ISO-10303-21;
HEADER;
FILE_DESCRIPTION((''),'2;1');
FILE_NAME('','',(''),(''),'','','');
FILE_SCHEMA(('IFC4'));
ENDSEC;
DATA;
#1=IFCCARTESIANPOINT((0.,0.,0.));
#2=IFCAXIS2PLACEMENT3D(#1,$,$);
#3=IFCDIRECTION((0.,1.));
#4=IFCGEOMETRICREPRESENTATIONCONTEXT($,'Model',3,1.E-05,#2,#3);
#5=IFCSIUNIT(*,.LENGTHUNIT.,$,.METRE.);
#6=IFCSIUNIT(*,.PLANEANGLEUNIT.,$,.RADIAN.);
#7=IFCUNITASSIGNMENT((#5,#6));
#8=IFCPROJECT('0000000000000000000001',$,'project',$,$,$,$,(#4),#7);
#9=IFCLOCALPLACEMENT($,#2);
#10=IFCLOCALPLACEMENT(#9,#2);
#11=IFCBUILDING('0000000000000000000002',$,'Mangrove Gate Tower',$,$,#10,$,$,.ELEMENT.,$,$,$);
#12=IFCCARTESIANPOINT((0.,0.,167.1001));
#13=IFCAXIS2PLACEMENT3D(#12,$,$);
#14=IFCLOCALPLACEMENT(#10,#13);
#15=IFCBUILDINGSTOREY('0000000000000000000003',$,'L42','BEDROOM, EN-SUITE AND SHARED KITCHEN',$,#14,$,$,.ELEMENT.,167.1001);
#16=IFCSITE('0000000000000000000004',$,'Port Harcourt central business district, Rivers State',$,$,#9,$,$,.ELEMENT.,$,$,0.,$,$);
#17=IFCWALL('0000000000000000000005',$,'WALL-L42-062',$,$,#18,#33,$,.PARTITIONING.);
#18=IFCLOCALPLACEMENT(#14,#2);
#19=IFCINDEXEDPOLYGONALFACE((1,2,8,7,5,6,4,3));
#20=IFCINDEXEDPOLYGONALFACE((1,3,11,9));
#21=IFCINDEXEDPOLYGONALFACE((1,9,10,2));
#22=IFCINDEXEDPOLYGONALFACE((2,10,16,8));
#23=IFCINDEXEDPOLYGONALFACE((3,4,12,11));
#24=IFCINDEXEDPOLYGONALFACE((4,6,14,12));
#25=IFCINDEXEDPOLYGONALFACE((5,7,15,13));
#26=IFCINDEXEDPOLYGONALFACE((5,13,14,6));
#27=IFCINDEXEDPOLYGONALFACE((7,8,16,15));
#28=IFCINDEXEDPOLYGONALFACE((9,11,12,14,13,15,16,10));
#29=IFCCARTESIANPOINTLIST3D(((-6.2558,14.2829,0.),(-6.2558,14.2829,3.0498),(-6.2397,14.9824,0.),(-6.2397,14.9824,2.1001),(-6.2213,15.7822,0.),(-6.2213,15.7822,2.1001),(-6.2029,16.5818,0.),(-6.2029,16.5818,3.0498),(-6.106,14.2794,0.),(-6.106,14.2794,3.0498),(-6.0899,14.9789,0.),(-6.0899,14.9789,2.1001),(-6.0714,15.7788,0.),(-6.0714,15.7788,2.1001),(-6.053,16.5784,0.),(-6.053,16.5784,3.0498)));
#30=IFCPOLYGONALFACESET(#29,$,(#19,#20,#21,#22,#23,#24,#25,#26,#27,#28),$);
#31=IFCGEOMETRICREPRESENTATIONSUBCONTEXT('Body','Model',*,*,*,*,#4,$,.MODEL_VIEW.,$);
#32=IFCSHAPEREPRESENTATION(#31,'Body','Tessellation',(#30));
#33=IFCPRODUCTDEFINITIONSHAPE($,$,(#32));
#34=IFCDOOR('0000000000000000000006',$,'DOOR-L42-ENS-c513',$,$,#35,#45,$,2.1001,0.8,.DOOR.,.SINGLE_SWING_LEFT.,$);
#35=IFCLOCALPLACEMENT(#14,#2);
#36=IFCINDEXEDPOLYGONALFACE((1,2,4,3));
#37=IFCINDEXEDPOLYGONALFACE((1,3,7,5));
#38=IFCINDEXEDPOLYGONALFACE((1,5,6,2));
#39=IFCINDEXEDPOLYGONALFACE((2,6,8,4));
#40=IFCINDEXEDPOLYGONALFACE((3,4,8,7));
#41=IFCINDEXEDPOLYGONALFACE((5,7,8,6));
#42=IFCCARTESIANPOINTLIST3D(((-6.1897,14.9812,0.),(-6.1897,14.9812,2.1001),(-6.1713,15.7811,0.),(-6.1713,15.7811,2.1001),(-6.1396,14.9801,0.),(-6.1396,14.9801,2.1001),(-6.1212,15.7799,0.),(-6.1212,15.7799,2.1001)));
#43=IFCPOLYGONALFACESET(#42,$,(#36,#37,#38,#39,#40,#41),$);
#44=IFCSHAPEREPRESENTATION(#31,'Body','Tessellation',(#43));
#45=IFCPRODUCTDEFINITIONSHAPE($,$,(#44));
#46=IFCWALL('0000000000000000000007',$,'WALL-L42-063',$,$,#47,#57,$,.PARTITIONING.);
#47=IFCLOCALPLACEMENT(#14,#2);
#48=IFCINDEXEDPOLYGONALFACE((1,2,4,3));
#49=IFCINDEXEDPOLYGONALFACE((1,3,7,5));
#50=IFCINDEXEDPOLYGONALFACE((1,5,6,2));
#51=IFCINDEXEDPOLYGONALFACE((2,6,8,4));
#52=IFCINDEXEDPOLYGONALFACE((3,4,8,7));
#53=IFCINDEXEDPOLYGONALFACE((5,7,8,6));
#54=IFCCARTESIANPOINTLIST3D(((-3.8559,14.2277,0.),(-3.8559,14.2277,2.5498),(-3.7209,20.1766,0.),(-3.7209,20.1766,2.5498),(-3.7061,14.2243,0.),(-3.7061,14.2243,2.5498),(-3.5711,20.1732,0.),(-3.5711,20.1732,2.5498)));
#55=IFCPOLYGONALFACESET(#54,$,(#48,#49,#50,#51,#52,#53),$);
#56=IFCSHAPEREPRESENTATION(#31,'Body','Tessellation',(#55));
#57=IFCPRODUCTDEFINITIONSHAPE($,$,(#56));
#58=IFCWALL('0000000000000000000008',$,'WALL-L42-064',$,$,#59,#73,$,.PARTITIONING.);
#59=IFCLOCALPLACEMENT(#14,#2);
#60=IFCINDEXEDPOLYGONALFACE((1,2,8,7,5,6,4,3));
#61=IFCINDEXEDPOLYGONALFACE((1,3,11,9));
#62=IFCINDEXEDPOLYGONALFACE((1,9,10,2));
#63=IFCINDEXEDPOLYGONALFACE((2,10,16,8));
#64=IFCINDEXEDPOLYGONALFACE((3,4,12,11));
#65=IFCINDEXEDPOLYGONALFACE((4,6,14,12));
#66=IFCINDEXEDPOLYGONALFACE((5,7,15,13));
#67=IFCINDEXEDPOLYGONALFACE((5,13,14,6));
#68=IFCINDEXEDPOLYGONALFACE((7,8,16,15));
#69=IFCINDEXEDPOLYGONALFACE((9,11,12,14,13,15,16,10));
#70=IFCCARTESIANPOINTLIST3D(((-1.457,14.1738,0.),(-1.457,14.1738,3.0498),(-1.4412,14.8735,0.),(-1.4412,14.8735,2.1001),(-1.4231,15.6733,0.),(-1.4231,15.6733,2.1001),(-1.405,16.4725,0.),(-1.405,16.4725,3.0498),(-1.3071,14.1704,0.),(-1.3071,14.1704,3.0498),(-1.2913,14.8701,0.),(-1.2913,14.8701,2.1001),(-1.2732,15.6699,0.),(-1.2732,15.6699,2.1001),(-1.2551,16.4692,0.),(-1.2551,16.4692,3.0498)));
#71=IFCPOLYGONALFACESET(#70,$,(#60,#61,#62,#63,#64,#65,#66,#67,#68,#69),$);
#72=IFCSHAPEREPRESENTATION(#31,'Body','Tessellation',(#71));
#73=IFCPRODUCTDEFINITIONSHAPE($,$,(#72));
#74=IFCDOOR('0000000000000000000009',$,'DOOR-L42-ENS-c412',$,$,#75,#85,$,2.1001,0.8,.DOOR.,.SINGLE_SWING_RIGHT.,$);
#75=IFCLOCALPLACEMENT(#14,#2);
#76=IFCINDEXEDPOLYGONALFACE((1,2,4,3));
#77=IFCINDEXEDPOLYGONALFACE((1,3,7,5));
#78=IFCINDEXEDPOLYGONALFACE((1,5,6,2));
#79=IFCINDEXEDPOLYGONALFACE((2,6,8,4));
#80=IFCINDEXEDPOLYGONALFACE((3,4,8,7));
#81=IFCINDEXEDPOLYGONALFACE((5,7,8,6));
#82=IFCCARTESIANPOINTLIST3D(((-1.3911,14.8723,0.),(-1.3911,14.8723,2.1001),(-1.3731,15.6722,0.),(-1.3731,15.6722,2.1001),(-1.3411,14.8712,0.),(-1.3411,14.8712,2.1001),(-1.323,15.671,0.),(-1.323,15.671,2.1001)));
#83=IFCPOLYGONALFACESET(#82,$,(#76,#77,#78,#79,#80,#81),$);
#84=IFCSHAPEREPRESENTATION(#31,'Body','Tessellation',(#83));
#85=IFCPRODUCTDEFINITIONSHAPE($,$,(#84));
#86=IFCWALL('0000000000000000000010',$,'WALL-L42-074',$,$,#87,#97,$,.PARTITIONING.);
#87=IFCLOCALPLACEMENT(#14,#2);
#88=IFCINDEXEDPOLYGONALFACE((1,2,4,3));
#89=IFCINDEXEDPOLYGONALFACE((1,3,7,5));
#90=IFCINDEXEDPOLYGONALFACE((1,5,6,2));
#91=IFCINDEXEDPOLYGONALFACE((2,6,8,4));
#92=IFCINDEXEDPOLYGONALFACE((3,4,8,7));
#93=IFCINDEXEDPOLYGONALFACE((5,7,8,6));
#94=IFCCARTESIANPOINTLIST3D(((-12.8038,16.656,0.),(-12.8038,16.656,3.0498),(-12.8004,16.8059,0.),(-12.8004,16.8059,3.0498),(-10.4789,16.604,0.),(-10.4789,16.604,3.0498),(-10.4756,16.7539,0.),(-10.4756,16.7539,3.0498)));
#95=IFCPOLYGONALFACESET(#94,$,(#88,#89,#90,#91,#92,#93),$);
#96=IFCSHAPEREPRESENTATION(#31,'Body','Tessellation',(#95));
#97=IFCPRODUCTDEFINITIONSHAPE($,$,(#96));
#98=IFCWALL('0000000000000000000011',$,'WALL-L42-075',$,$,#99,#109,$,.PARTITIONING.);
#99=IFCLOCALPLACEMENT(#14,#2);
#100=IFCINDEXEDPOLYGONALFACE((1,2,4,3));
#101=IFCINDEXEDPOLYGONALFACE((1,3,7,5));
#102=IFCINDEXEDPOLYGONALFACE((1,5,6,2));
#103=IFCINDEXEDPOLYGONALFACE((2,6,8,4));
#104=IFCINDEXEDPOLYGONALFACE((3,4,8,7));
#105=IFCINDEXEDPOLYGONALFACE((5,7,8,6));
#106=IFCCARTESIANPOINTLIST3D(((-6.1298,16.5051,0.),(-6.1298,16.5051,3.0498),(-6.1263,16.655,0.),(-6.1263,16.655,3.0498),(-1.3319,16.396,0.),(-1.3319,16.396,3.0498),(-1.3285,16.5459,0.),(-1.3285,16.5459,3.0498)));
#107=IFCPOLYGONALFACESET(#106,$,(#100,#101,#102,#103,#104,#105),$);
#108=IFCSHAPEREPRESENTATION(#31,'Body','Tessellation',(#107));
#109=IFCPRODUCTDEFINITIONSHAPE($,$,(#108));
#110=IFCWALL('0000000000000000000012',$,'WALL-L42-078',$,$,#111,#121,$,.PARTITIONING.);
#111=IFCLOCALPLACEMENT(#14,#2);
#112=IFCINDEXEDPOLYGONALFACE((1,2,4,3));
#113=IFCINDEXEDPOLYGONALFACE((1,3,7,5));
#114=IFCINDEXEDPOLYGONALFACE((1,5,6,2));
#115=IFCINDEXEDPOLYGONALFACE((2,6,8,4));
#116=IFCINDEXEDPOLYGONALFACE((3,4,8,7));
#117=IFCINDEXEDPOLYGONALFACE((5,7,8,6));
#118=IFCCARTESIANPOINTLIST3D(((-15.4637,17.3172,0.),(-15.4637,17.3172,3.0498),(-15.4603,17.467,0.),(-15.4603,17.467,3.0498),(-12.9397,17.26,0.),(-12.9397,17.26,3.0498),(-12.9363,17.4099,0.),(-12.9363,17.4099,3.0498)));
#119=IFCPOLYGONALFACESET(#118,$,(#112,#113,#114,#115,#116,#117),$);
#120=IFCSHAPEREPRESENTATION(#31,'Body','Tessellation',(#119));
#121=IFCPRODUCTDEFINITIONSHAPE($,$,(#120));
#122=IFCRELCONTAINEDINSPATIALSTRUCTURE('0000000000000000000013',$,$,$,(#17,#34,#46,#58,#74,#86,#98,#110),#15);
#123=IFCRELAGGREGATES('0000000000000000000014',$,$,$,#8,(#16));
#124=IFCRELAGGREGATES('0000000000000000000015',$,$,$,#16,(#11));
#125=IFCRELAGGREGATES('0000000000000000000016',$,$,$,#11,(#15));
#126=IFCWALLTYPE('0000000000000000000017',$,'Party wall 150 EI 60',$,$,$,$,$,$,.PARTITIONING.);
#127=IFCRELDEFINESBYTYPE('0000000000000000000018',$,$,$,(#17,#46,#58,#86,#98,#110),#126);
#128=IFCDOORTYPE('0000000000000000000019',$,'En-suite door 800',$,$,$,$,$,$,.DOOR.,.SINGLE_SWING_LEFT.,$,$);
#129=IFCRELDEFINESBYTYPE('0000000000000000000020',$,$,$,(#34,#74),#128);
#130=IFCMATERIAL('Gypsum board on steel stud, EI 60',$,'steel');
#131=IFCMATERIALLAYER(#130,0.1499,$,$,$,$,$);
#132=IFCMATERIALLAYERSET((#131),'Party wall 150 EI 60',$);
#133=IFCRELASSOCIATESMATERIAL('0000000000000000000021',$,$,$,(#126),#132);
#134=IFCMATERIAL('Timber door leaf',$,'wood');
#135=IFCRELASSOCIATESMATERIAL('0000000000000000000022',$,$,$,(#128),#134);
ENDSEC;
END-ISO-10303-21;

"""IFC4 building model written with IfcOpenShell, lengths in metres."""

from ifc_helpers import new_model, si_unit, direction, frame, frame_2d, origin, place, context, subcontext, project, spatial, rectangle, extrude, material, layer, layer_set, type_object, element, fill, save


model = new_model("IFC4")

# Units and contexts
model_context = context("Model", 3, precision=1e-05, world=origin(), true_north=direction((0.0, 1.0)))
body_context = subcontext(model_context, "Body", "Model", "MODEL_VIEW")
ifc_project = project(units=[si_unit("LENGTHUNIT", "METRE"), si_unit("PLANEANGLEUNIT", "RADIAN")], contexts=[model_context])

# Site, building, storey
site_placement = place(None, origin())
site = spatial("IfcSite", under=ifc_project, at=site_placement, Name="Port Harcourt central business district, Rivers State", CompositionType="ELEMENT", RefElevation=0.0)
building_placement = place(site_placement, origin())
building = spatial("IfcBuilding", under=site, at=building_placement, Name="Mangrove Gate Tower", CompositionType="ELEMENT")
storey_placement = place(building_placement, frame((0.0, 0.0, 167.1001)))
storey = spatial("IfcBuildingStorey", under=building, at=storey_placement, Name="L42", Description="BEDROOM, EN-SUITE AND SHARED KITCHEN", CompositionType="ELEMENT", Elevation=167.1001)

# Shared definitions
ifc_material_1 = material(Name="Gypsum board on steel stud, EI 60", Category="steel")
ifc_layer_1 = layer(ifc_material_1, 0.1499)
ifc_layer_set_1 = layer_set([ifc_layer_1], Name="Party wall 150 EI 60")
wall_type_1 = type_object("IfcWallType", Name="Party wall 150 EI 60", PredefinedType="PARTITIONING", material=ifc_layer_set_1)

# Shared definitions
ifc_material_2 = material(Name="Timber door leaf", Category="wood")
door_type = type_object("IfcDoorType", Name="En-suite door 800", OperationType="SINGLE_SWING_LEFT", PredefinedType="DOOR", material=ifc_material_2)

# Wall, opening, door
wall_1_placement = place(storey_placement, frame((-6.1809, 14.281, 0.0), z_axis=(0.0, 0.0, 1.0), x_axis=(0.023037, 0.999735, 0.0)))
wall_1 = element("IfcWall", 1, at=wall_1_placement, inside=storey, type_object=wall_type_1, Name="WALL-L42-062", PredefinedType="PARTITIONING", context=body_context, shape_type="SweptSolid", body=[
    extrude(rectangle(XDim=2.2996, YDim=0.1499, at=frame_2d((1.1499, 0.0))), origin(), (0.0, 0.0, 1.0), 3.0498),
])
opening_1_placement = place(wall_1_placement, frame((0.7, 0.0, 0.0)))
opening_1 = element("IfcOpeningElement", 2, at=opening_1_placement, cuts=wall_1, PredefinedType="OPENING", context=body_context, shape_type="SweptSolid", body=[
    extrude(rectangle(XDim=0.8, YDim=2.1001, at=frame_2d((0.3999, 1.05))), frame((0.0, 0.085, 0.0), z_axis=(0.0, -1.0, 0.0), x_axis=(1.0, 0.0, 0.0)), (0.0, 0.0, 1.0), 0.1699),
])
door_1_placement = place(opening_1_placement, origin())
door_1 = element("IfcDoor", 3, at=door_1_placement, inside=storey, type_object=door_type, Name="DOOR-L42-ENS-c513", OperationType="SINGLE_SWING_LEFT", OverallHeight=2.1001, OverallWidth=0.8, PredefinedType="DOOR", context=body_context, shape_type="SweptSolid", body=[
    extrude(rectangle(XDim=0.8, YDim=2.1001, at=frame_2d((0.3999, 1.05))), frame((0.0, 0.0249, 0.0), z_axis=(0.0, -1.0, 0.0), x_axis=(1.0, 0.0, 0.0)), (0.0, 0.0, 1.0), 0.05),
])
fill(opening_1, door_1)

# Wall
wall_2_placement = place(storey_placement, frame((-3.781, 14.2261, 0.0), z_axis=(0.0, 0.0, 1.0), x_axis=(0.022689, 0.999743, 0.0)))
element("IfcWall", 4, at=wall_2_placement, inside=storey, type_object=wall_type_1, Name="WALL-L42-063", PredefinedType="PARTITIONING", context=body_context, shape_type="SweptSolid", body=[
    extrude(rectangle(XDim=5.9504, YDim=0.1499, at=frame_2d((2.9751, 0.0))), origin(), (0.0, 0.0, 1.0), 2.5498),
])

# Wall, opening, door
wall_3_placement = place(storey_placement, frame((-1.3821, 14.1721, 0.0), z_axis=(0.0, 0.0, 1.0), x_axis=(0.022615, 0.999744, 0.0)))
wall_3 = element("IfcWall", 5, at=wall_3_placement, inside=storey, type_object=wall_type_1, Name="WALL-L42-064", PredefinedType="PARTITIONING", context=body_context, shape_type="SweptSolid", body=[
    extrude(rectangle(XDim=2.2993, YDim=0.1499, at=frame_2d((1.1497, 0.0))), origin(), (0.0, 0.0, 1.0), 3.0498),
])
opening_2_placement = place(wall_3_placement, frame((0.7, 0.0, 0.0)))
opening_2 = element("IfcOpeningElement", 6, at=opening_2_placement, cuts=wall_3, PredefinedType="OPENING", context=body_context, shape_type="SweptSolid", body=[
    extrude(rectangle(XDim=0.8, YDim=2.1001, at=frame_2d((0.3999, 1.05))), frame((0.0, 0.085, 0.0), z_axis=(0.0, -1.0, 0.0), x_axis=(1.0, 0.0, 0.0)), (0.0, 0.0, 1.0), 0.1699),
])
door_2_placement = place(opening_2_placement, origin())
door_2 = element("IfcDoor", 7, at=door_2_placement, inside=storey, type_object=door_type, Name="DOOR-L42-ENS-c412", OperationType="SINGLE_SWING_RIGHT", OverallHeight=2.1001, OverallWidth=0.8, PredefinedType="DOOR", context=body_context, shape_type="SweptSolid", body=[
    extrude(rectangle(XDim=0.8, YDim=2.1001, at=frame_2d((0.3999, 1.05))), frame((0.0, 0.0249, 0.0), z_axis=(0.0, -1.0, 0.0), x_axis=(1.0, 0.0, 0.0)), (0.0, 0.0, 1.0), 0.05),
])
fill(opening_2, door_2)

# Walls
wall_4_placement = place(storey_placement, frame((-12.802, 16.731, 0.0), z_axis=(0.0, 0.0, 1.0), x_axis=(0.99975, -0.022361, 0.0)))
element("IfcWall", 8, at=wall_4_placement, inside=storey, type_object=wall_type_1, Name="WALL-L42-074", PredefinedType="PARTITIONING", context=body_context, shape_type="SweptSolid", body=[
    extrude(rectangle(XDim=2.3254, YDim=0.1499, at=frame_2d((1.1626, 0.0))), origin(), (0.0, 0.0, 1.0), 3.0498),
])
wall_5_placement = place(storey_placement, frame((-6.1279, 16.5801, 0.0), z_axis=(0.0, 0.0, 1.0), x_axis=(0.999741, -0.02274, 0.0)))
element("IfcWall", 9, at=wall_5_placement, inside=storey, type_object=wall_type_1, Name="WALL-L42-075", PredefinedType="PARTITIONING", context=body_context, shape_type="SweptSolid", body=[
    extrude(rectangle(XDim=4.7991, YDim=0.1499, at=frame_2d((2.3994, 0.0))), origin(), (0.0, 0.0, 1.0), 3.0498),
])
wall_6_placement = place(storey_placement, frame((-15.4619, 17.3921, 0.0), z_axis=(0.0, 0.0, 1.0), x_axis=(0.999744, -0.022629, 0.0)))
element("IfcWall", 10, at=wall_6_placement, inside=storey, type_object=wall_type_1, Name="WALL-L42-078", PredefinedType="PARTITIONING", context=body_context, shape_type="SweptSolid", body=[
    extrude(rectangle(XDim=2.5247, YDim=0.1499, at=frame_2d((1.2622, 0.0))), origin(), (0.0, 0.0, 1.0), 3.0498),
])

save(model, "model.ifc")
